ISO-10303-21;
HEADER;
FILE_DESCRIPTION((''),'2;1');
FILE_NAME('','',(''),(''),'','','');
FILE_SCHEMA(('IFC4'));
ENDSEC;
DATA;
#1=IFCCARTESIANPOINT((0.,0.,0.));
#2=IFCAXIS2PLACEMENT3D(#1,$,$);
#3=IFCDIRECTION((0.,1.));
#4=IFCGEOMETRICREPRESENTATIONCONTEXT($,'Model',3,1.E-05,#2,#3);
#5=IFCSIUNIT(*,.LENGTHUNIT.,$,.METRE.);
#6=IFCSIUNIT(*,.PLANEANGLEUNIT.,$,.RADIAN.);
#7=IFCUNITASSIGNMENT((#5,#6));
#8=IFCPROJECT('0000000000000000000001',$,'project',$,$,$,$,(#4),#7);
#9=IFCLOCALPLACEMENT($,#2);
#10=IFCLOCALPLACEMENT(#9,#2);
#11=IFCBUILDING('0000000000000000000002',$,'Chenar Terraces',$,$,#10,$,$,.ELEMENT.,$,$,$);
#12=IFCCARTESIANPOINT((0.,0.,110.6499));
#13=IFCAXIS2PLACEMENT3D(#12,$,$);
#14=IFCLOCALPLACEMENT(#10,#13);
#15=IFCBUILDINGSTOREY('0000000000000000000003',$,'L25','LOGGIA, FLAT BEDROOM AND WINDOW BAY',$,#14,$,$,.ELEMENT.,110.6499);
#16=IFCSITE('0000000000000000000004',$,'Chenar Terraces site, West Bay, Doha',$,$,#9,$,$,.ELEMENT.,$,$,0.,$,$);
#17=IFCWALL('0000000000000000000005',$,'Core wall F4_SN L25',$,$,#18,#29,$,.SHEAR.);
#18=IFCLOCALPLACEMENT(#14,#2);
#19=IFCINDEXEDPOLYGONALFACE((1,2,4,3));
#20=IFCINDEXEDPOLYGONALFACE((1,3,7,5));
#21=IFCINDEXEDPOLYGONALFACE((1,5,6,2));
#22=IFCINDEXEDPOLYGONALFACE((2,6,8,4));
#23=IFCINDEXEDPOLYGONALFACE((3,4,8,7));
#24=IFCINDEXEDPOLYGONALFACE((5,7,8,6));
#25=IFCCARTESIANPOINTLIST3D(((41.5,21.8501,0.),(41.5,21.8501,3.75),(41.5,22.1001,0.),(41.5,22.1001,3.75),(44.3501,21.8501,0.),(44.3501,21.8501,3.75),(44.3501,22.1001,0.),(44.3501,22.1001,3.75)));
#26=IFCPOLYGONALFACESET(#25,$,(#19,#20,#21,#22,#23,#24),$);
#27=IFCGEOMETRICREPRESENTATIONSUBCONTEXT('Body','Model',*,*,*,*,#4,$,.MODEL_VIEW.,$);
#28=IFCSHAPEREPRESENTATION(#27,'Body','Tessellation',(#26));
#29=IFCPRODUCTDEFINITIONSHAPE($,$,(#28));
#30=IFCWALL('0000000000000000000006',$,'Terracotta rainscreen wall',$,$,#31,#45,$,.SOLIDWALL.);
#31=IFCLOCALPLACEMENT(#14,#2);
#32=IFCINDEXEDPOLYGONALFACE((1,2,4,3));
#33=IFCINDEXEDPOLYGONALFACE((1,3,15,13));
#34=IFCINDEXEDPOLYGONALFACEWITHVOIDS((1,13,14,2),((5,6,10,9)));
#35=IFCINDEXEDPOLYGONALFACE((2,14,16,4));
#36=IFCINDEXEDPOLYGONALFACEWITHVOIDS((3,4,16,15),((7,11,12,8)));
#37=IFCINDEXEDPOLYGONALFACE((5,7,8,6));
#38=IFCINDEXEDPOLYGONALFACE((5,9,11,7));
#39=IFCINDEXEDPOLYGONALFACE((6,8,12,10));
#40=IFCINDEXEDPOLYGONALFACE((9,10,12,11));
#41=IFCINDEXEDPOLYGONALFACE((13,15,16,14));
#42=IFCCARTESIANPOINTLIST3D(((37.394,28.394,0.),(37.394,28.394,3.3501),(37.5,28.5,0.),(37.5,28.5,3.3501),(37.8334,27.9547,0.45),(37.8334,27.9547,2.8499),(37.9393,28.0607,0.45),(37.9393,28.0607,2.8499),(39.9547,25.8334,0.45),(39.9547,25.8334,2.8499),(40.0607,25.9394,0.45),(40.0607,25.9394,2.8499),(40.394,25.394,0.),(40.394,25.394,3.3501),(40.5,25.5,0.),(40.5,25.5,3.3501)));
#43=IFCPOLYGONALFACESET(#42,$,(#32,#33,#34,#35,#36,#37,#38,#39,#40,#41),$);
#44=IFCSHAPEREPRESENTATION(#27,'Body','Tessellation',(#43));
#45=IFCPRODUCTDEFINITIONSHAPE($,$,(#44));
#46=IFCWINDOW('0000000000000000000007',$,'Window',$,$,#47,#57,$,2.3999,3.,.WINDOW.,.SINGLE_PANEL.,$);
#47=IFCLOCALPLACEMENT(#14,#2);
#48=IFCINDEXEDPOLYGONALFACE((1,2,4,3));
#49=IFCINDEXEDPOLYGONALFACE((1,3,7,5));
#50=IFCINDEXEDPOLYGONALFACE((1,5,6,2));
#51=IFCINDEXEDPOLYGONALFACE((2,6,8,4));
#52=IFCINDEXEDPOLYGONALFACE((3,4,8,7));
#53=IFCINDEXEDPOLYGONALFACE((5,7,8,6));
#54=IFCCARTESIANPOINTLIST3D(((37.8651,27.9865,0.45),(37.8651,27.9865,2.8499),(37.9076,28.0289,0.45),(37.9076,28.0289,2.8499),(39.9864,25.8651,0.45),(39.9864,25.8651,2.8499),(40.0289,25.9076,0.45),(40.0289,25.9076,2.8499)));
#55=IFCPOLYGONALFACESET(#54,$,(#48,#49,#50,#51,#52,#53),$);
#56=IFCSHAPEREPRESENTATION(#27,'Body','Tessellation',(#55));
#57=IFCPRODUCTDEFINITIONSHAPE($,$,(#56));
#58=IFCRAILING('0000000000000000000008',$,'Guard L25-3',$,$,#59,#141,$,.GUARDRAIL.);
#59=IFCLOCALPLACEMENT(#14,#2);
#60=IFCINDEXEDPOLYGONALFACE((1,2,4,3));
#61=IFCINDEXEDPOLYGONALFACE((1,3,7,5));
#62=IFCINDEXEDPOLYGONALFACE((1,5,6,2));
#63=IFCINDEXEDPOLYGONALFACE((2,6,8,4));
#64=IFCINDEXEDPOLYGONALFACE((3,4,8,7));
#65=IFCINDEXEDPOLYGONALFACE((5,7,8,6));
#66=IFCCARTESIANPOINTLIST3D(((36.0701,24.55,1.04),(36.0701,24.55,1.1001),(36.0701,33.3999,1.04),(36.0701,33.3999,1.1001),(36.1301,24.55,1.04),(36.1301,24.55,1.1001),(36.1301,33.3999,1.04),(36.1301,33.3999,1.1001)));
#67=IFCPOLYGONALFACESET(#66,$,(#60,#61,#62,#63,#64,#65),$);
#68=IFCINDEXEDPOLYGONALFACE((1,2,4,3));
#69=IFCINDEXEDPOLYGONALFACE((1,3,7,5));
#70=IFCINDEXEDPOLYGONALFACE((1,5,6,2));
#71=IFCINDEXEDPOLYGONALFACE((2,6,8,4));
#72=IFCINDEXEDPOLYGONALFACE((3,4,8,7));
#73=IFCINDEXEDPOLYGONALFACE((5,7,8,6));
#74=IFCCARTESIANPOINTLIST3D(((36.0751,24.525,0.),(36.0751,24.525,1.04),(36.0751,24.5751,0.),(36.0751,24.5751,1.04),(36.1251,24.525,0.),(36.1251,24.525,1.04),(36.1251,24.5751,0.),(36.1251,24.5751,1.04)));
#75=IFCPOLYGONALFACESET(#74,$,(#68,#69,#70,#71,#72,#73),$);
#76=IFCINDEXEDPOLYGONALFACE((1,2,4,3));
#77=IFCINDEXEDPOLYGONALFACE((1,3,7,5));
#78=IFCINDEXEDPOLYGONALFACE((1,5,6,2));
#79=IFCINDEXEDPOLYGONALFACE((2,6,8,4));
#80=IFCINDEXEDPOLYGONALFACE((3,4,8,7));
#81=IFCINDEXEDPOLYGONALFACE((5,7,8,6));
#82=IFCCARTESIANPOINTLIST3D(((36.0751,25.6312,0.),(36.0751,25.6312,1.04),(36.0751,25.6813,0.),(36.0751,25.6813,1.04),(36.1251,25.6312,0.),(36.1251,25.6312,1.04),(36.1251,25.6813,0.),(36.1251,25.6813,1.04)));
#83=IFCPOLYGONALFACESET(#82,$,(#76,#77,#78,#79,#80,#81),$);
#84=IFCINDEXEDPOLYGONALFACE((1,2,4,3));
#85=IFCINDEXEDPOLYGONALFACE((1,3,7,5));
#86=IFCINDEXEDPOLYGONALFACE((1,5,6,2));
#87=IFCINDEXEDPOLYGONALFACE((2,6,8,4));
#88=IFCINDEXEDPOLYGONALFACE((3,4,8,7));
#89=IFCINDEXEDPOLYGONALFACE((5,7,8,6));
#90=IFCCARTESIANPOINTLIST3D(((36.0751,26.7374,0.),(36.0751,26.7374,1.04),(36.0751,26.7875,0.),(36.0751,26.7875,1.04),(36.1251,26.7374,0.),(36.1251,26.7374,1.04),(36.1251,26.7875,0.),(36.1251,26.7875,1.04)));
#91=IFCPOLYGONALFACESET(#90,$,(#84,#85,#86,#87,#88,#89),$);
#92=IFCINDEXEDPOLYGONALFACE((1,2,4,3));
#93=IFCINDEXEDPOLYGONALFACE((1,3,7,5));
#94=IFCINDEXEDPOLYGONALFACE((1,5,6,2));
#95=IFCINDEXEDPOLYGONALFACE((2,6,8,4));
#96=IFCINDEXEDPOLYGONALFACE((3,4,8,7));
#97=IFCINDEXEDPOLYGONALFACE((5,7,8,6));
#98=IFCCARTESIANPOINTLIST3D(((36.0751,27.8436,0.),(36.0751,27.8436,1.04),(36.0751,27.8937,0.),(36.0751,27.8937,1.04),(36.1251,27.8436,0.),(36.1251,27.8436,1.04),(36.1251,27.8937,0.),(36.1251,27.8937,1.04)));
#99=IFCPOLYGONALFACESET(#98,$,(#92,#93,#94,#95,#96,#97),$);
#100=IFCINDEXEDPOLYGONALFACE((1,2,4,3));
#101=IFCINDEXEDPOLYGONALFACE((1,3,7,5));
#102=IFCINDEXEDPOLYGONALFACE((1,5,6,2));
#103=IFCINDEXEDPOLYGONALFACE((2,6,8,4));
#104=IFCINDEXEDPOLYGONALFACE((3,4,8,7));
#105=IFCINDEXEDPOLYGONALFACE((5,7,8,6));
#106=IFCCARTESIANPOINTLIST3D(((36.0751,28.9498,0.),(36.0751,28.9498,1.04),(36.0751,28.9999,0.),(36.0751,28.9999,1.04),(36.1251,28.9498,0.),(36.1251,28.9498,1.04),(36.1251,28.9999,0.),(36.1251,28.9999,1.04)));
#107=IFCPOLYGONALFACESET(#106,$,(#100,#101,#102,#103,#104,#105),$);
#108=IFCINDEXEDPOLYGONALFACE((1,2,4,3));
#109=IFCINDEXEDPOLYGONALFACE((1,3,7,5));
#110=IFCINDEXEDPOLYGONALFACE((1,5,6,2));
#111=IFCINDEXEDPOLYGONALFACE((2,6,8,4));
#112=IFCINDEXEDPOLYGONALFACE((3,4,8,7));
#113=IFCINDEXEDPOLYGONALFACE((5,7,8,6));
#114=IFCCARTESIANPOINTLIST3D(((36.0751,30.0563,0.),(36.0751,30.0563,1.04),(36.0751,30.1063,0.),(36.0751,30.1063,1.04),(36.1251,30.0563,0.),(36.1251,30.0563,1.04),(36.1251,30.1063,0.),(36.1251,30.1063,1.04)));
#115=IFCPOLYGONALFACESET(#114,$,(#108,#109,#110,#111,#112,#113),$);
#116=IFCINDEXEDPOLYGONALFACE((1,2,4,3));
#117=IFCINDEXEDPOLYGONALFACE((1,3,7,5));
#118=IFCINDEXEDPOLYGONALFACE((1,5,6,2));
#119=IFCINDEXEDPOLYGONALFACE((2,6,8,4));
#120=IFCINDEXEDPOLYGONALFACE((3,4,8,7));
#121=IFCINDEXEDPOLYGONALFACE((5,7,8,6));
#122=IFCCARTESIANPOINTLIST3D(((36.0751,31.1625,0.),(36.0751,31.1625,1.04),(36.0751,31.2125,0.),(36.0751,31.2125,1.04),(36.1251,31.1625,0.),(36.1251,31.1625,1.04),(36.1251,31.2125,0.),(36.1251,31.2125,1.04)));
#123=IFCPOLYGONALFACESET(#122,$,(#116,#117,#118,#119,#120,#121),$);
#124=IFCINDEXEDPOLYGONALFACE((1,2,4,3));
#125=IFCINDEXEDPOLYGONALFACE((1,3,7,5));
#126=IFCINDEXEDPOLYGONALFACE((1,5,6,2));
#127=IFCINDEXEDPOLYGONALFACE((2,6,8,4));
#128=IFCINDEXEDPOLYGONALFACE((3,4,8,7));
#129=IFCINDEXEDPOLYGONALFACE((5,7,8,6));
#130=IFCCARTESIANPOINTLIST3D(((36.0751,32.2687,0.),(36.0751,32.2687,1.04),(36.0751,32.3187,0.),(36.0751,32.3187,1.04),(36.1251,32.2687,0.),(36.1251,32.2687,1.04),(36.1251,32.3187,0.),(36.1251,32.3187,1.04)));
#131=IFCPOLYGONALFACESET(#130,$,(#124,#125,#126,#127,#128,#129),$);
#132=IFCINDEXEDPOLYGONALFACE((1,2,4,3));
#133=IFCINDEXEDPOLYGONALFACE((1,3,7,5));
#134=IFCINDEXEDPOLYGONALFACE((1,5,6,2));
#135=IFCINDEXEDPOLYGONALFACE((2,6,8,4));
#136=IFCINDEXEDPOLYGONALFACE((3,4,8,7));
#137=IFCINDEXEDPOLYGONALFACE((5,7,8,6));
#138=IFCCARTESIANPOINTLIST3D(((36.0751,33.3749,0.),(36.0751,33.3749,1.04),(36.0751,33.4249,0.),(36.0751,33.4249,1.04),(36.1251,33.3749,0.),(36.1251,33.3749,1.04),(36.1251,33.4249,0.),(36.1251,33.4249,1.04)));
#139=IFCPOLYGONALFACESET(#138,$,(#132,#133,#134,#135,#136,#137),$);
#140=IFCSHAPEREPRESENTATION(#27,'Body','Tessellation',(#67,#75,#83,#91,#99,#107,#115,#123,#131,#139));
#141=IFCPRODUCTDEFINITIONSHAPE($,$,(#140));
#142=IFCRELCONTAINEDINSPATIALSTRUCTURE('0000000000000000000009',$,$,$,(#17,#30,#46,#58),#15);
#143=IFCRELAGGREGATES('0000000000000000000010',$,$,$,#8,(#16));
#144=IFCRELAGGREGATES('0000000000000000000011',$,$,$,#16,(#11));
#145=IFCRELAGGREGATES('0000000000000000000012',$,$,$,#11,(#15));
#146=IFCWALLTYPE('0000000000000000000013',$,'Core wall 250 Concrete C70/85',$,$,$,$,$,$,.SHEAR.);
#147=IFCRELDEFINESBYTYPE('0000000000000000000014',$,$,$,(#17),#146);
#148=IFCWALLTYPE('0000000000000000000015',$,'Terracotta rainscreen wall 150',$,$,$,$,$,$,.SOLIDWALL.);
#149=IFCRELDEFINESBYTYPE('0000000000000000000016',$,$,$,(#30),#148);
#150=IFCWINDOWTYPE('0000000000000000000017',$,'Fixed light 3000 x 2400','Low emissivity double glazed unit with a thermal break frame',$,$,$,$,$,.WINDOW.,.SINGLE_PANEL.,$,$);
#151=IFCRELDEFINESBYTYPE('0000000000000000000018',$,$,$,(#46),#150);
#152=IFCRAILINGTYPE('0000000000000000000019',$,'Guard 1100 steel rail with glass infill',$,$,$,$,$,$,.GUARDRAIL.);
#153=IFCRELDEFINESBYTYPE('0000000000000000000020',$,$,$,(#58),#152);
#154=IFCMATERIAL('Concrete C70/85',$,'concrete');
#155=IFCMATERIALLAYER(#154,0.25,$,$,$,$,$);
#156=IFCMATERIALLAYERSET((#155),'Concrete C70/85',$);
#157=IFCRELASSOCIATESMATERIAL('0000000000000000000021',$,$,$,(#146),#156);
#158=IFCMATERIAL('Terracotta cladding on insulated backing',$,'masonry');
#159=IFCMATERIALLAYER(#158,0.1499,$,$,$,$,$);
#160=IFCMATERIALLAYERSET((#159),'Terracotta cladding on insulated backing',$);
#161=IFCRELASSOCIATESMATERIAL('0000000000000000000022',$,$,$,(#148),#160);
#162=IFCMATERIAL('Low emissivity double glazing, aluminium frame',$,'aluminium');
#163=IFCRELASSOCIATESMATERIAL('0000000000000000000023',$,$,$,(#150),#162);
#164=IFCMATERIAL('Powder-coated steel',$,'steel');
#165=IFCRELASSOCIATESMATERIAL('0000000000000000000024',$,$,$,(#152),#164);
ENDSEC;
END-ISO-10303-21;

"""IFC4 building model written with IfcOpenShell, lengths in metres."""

from ifc_helpers import new_model, si_unit, direction, frame, frame_2d, origin, origin_2d, place, context, subcontext, project, spatial, rectangle, extrude, material, layer, layer_set, type_object, element, fill, save


model = new_model("IFC4")

# Units and contexts
model_context = context("Model", 3, precision=1e-05, world=origin(), true_north=direction((0.0, 1.0)))
body_context = subcontext(model_context, "Body", "Model", "MODEL_VIEW")
ifc_project = project(units=[si_unit("LENGTHUNIT", "METRE"), si_unit("PLANEANGLEUNIT", "RADIAN")], contexts=[model_context])

# Site, building, storey
site_placement = place(None, origin())
site = spatial("IfcSite", under=ifc_project, at=site_placement, Name="Chenar Terraces site, West Bay, Doha", CompositionType="ELEMENT", RefElevation=0.0)
building_placement = place(site_placement, origin())
building = spatial("IfcBuilding", under=site, at=building_placement, Name="Chenar Terraces", CompositionType="ELEMENT")
storey_placement = place(building_placement, frame((0.0, 0.0, 110.6499)))
storey = spatial("IfcBuildingStorey", under=building, at=storey_placement, Name="L25", Description="LOGGIA, FLAT BEDROOM AND WINDOW BAY", CompositionType="ELEMENT", Elevation=110.6499)

# Wall
ifc_material_1 = material(Name="Concrete C70/85", Category="concrete")
ifc_layer_1 = layer(ifc_material_1, 0.25)
ifc_layer_set_1 = layer_set([ifc_layer_1], Name="Concrete C70/85")
wall_type_1 = type_object("IfcWallType", Name="Core wall 250 Concrete C70/85", PredefinedType="SHEAR", material=ifc_layer_set_1)
for number, where, z_axis, x_axis, name in (
    (1, (41.5, 21.9751, 0.0), (0.0, 0.0, 1.0), (1.0, 0.0, 0.0), "Core wall F4_SN L25"),
):
    element("IfcWall", number, at=place(storey_placement, frame(where, z_axis=z_axis, x_axis=x_axis)), inside=storey, type_object=wall_type_1, Name=name, PredefinedType="SHEAR", context=body_context, shape_type="SweptSolid", body=[
        extrude(rectangle(XDim=2.8501, YDim=0.25, at=frame_2d((1.425, 0.0))), origin(), (0.0, 0.0, 1.0), 3.75),
    ])

# Wall, opening, window
ifc_material_2 = material(Name="Terracotta cladding on insulated backing", Category="masonry")
ifc_layer_2 = layer(ifc_material_2, 0.1499)
ifc_layer_set_2 = layer_set([ifc_layer_2], Name="Terracotta cladding on insulated backing")
wall_type_2 = type_object("IfcWallType", Name="Terracotta rainscreen wall 150", PredefinedType="SOLIDWALL", material=ifc_layer_set_2)
wall_1_placement = place(storey_placement, frame((40.447, 25.447, 0.0), z_axis=(0.0, 0.0, 1.0), x_axis=(-0.707107, 0.707107, 0.0)))
wall_1 = element("IfcWall", 2, at=wall_1_placement, inside=storey, type_object=wall_type_2, Name="Terracotta rainscreen wall", PredefinedType="SOLIDWALL", context=body_context, shape_type="SweptSolid", body=[
    extrude(rectangle(XDim=4.2427, YDim=0.1499, at=frame_2d((2.1213, 0.0))), origin(), (0.0, 0.0, 1.0), 3.3501),
])
opening_placement = place(wall_1_placement, frame((0.6213, 0.0, 0.45)))
opening = element("IfcOpeningElement", 3, at=opening_placement, cuts=wall_1, PredefinedType="OPENING", context=body_context, shape_type="SweptSolid", body=[
    extrude(rectangle(XDim=3.0, YDim=2.3999, at=frame_2d((1.5, 1.2))), frame((0.0, 0.085, 0.0), z_axis=(0.0, -1.0, 0.0), x_axis=(1.0, 0.0, 0.0)), (0.0, 0.0, 1.0), 0.1699),
])
ifc_material_3 = material(Name="Low emissivity double glazing, aluminium frame", Category="aluminium")
window_type = type_object("IfcWindowType", Name="Fixed light 3000 x 2400", Description="Low emissivity double glazed unit with a thermal break frame", PartitioningType="SINGLE_PANEL", PredefinedType="WINDOW", material=ifc_material_3)
window_placement = place(opening_placement, origin())
window = element("IfcWindow", 4, at=window_placement, inside=storey, type_object=window_type, Name="Window", OverallHeight=2.3999, OverallWidth=3.0, PartitioningType="SINGLE_PANEL", PredefinedType="WINDOW", context=body_context, shape_type="SweptSolid", body=[
    extrude(rectangle(XDim=3.0, YDim=2.3999, at=frame_2d((1.5, 1.2))), frame((0.0, 0.03, 0.0), z_axis=(0.0, -1.0, 0.0), x_axis=(1.0, 0.0, 0.0)), (0.0, 0.0, 1.0), 0.0601),
])
fill(opening, window)

# Railing
ifc_material_4 = material(Name="Powder-coated steel", Category="steel")
railing_type = type_object("IfcRailingType", Name="Guard 1100 steel rail with glass infill", PredefinedType="GUARDRAIL", material=ifc_material_4)
railing_placement = place(storey_placement, frame((36.1001, 24.55, 0.0)))
element("IfcRailing", 5, at=railing_placement, inside=storey, type_object=railing_type, Name="Guard L25-3", PredefinedType="GUARDRAIL", context=body_context, shape_type="SweptSolid", body=[
    extrude(rectangle(XDim=0.0601, YDim=0.0601, at=origin_2d()), frame((0.0, 0.0, 1.0701), z_axis=(0.0, 1.0, 0.0), x_axis=(-1.0, 0.0, 0.0)), (0.0, 0.0, 1.0), 8.8499),
    extrude(rectangle(XDim=0.05, YDim=0.05, at=origin_2d()), origin(), (0.0, 0.0, 1.0), 1.04),
    extrude(rectangle(XDim=0.05, YDim=0.05, at=origin_2d()), frame((0.0, 1.1062, 0.0)), (0.0, 0.0, 1.0), 1.04),
    extrude(rectangle(XDim=0.05, YDim=0.05, at=origin_2d()), frame((0.0, 2.2124, 0.0)), (0.0, 0.0, 1.0), 1.04),
    extrude(rectangle(XDim=0.05, YDim=0.05, at=origin_2d()), frame((0.0, 3.3186, 0.0)), (0.0, 0.0, 1.0), 1.04),
    extrude(rectangle(XDim=0.05, YDim=0.05, at=origin_2d()), frame((0.0, 4.4248, 0.0)), (0.0, 0.0, 1.0), 1.04),
    extrude(rectangle(XDim=0.05, YDim=0.05, at=origin_2d()), frame((0.0, 5.5312, 0.0)), (0.0, 0.0, 1.0), 1.04),
    extrude(rectangle(XDim=0.05, YDim=0.05, at=origin_2d()), frame((0.0, 6.6375, 0.0)), (0.0, 0.0, 1.0), 1.04),
    extrude(rectangle(XDim=0.05, YDim=0.05, at=origin_2d()), frame((0.0, 7.7437, 0.0)), (0.0, 0.0, 1.0), 1.04),
    extrude(rectangle(XDim=0.05, YDim=0.05, at=origin_2d()), frame((0.0, 8.8499, 0.0)), (0.0, 0.0, 1.0), 1.04),
])

save(model, "model.ifc")
